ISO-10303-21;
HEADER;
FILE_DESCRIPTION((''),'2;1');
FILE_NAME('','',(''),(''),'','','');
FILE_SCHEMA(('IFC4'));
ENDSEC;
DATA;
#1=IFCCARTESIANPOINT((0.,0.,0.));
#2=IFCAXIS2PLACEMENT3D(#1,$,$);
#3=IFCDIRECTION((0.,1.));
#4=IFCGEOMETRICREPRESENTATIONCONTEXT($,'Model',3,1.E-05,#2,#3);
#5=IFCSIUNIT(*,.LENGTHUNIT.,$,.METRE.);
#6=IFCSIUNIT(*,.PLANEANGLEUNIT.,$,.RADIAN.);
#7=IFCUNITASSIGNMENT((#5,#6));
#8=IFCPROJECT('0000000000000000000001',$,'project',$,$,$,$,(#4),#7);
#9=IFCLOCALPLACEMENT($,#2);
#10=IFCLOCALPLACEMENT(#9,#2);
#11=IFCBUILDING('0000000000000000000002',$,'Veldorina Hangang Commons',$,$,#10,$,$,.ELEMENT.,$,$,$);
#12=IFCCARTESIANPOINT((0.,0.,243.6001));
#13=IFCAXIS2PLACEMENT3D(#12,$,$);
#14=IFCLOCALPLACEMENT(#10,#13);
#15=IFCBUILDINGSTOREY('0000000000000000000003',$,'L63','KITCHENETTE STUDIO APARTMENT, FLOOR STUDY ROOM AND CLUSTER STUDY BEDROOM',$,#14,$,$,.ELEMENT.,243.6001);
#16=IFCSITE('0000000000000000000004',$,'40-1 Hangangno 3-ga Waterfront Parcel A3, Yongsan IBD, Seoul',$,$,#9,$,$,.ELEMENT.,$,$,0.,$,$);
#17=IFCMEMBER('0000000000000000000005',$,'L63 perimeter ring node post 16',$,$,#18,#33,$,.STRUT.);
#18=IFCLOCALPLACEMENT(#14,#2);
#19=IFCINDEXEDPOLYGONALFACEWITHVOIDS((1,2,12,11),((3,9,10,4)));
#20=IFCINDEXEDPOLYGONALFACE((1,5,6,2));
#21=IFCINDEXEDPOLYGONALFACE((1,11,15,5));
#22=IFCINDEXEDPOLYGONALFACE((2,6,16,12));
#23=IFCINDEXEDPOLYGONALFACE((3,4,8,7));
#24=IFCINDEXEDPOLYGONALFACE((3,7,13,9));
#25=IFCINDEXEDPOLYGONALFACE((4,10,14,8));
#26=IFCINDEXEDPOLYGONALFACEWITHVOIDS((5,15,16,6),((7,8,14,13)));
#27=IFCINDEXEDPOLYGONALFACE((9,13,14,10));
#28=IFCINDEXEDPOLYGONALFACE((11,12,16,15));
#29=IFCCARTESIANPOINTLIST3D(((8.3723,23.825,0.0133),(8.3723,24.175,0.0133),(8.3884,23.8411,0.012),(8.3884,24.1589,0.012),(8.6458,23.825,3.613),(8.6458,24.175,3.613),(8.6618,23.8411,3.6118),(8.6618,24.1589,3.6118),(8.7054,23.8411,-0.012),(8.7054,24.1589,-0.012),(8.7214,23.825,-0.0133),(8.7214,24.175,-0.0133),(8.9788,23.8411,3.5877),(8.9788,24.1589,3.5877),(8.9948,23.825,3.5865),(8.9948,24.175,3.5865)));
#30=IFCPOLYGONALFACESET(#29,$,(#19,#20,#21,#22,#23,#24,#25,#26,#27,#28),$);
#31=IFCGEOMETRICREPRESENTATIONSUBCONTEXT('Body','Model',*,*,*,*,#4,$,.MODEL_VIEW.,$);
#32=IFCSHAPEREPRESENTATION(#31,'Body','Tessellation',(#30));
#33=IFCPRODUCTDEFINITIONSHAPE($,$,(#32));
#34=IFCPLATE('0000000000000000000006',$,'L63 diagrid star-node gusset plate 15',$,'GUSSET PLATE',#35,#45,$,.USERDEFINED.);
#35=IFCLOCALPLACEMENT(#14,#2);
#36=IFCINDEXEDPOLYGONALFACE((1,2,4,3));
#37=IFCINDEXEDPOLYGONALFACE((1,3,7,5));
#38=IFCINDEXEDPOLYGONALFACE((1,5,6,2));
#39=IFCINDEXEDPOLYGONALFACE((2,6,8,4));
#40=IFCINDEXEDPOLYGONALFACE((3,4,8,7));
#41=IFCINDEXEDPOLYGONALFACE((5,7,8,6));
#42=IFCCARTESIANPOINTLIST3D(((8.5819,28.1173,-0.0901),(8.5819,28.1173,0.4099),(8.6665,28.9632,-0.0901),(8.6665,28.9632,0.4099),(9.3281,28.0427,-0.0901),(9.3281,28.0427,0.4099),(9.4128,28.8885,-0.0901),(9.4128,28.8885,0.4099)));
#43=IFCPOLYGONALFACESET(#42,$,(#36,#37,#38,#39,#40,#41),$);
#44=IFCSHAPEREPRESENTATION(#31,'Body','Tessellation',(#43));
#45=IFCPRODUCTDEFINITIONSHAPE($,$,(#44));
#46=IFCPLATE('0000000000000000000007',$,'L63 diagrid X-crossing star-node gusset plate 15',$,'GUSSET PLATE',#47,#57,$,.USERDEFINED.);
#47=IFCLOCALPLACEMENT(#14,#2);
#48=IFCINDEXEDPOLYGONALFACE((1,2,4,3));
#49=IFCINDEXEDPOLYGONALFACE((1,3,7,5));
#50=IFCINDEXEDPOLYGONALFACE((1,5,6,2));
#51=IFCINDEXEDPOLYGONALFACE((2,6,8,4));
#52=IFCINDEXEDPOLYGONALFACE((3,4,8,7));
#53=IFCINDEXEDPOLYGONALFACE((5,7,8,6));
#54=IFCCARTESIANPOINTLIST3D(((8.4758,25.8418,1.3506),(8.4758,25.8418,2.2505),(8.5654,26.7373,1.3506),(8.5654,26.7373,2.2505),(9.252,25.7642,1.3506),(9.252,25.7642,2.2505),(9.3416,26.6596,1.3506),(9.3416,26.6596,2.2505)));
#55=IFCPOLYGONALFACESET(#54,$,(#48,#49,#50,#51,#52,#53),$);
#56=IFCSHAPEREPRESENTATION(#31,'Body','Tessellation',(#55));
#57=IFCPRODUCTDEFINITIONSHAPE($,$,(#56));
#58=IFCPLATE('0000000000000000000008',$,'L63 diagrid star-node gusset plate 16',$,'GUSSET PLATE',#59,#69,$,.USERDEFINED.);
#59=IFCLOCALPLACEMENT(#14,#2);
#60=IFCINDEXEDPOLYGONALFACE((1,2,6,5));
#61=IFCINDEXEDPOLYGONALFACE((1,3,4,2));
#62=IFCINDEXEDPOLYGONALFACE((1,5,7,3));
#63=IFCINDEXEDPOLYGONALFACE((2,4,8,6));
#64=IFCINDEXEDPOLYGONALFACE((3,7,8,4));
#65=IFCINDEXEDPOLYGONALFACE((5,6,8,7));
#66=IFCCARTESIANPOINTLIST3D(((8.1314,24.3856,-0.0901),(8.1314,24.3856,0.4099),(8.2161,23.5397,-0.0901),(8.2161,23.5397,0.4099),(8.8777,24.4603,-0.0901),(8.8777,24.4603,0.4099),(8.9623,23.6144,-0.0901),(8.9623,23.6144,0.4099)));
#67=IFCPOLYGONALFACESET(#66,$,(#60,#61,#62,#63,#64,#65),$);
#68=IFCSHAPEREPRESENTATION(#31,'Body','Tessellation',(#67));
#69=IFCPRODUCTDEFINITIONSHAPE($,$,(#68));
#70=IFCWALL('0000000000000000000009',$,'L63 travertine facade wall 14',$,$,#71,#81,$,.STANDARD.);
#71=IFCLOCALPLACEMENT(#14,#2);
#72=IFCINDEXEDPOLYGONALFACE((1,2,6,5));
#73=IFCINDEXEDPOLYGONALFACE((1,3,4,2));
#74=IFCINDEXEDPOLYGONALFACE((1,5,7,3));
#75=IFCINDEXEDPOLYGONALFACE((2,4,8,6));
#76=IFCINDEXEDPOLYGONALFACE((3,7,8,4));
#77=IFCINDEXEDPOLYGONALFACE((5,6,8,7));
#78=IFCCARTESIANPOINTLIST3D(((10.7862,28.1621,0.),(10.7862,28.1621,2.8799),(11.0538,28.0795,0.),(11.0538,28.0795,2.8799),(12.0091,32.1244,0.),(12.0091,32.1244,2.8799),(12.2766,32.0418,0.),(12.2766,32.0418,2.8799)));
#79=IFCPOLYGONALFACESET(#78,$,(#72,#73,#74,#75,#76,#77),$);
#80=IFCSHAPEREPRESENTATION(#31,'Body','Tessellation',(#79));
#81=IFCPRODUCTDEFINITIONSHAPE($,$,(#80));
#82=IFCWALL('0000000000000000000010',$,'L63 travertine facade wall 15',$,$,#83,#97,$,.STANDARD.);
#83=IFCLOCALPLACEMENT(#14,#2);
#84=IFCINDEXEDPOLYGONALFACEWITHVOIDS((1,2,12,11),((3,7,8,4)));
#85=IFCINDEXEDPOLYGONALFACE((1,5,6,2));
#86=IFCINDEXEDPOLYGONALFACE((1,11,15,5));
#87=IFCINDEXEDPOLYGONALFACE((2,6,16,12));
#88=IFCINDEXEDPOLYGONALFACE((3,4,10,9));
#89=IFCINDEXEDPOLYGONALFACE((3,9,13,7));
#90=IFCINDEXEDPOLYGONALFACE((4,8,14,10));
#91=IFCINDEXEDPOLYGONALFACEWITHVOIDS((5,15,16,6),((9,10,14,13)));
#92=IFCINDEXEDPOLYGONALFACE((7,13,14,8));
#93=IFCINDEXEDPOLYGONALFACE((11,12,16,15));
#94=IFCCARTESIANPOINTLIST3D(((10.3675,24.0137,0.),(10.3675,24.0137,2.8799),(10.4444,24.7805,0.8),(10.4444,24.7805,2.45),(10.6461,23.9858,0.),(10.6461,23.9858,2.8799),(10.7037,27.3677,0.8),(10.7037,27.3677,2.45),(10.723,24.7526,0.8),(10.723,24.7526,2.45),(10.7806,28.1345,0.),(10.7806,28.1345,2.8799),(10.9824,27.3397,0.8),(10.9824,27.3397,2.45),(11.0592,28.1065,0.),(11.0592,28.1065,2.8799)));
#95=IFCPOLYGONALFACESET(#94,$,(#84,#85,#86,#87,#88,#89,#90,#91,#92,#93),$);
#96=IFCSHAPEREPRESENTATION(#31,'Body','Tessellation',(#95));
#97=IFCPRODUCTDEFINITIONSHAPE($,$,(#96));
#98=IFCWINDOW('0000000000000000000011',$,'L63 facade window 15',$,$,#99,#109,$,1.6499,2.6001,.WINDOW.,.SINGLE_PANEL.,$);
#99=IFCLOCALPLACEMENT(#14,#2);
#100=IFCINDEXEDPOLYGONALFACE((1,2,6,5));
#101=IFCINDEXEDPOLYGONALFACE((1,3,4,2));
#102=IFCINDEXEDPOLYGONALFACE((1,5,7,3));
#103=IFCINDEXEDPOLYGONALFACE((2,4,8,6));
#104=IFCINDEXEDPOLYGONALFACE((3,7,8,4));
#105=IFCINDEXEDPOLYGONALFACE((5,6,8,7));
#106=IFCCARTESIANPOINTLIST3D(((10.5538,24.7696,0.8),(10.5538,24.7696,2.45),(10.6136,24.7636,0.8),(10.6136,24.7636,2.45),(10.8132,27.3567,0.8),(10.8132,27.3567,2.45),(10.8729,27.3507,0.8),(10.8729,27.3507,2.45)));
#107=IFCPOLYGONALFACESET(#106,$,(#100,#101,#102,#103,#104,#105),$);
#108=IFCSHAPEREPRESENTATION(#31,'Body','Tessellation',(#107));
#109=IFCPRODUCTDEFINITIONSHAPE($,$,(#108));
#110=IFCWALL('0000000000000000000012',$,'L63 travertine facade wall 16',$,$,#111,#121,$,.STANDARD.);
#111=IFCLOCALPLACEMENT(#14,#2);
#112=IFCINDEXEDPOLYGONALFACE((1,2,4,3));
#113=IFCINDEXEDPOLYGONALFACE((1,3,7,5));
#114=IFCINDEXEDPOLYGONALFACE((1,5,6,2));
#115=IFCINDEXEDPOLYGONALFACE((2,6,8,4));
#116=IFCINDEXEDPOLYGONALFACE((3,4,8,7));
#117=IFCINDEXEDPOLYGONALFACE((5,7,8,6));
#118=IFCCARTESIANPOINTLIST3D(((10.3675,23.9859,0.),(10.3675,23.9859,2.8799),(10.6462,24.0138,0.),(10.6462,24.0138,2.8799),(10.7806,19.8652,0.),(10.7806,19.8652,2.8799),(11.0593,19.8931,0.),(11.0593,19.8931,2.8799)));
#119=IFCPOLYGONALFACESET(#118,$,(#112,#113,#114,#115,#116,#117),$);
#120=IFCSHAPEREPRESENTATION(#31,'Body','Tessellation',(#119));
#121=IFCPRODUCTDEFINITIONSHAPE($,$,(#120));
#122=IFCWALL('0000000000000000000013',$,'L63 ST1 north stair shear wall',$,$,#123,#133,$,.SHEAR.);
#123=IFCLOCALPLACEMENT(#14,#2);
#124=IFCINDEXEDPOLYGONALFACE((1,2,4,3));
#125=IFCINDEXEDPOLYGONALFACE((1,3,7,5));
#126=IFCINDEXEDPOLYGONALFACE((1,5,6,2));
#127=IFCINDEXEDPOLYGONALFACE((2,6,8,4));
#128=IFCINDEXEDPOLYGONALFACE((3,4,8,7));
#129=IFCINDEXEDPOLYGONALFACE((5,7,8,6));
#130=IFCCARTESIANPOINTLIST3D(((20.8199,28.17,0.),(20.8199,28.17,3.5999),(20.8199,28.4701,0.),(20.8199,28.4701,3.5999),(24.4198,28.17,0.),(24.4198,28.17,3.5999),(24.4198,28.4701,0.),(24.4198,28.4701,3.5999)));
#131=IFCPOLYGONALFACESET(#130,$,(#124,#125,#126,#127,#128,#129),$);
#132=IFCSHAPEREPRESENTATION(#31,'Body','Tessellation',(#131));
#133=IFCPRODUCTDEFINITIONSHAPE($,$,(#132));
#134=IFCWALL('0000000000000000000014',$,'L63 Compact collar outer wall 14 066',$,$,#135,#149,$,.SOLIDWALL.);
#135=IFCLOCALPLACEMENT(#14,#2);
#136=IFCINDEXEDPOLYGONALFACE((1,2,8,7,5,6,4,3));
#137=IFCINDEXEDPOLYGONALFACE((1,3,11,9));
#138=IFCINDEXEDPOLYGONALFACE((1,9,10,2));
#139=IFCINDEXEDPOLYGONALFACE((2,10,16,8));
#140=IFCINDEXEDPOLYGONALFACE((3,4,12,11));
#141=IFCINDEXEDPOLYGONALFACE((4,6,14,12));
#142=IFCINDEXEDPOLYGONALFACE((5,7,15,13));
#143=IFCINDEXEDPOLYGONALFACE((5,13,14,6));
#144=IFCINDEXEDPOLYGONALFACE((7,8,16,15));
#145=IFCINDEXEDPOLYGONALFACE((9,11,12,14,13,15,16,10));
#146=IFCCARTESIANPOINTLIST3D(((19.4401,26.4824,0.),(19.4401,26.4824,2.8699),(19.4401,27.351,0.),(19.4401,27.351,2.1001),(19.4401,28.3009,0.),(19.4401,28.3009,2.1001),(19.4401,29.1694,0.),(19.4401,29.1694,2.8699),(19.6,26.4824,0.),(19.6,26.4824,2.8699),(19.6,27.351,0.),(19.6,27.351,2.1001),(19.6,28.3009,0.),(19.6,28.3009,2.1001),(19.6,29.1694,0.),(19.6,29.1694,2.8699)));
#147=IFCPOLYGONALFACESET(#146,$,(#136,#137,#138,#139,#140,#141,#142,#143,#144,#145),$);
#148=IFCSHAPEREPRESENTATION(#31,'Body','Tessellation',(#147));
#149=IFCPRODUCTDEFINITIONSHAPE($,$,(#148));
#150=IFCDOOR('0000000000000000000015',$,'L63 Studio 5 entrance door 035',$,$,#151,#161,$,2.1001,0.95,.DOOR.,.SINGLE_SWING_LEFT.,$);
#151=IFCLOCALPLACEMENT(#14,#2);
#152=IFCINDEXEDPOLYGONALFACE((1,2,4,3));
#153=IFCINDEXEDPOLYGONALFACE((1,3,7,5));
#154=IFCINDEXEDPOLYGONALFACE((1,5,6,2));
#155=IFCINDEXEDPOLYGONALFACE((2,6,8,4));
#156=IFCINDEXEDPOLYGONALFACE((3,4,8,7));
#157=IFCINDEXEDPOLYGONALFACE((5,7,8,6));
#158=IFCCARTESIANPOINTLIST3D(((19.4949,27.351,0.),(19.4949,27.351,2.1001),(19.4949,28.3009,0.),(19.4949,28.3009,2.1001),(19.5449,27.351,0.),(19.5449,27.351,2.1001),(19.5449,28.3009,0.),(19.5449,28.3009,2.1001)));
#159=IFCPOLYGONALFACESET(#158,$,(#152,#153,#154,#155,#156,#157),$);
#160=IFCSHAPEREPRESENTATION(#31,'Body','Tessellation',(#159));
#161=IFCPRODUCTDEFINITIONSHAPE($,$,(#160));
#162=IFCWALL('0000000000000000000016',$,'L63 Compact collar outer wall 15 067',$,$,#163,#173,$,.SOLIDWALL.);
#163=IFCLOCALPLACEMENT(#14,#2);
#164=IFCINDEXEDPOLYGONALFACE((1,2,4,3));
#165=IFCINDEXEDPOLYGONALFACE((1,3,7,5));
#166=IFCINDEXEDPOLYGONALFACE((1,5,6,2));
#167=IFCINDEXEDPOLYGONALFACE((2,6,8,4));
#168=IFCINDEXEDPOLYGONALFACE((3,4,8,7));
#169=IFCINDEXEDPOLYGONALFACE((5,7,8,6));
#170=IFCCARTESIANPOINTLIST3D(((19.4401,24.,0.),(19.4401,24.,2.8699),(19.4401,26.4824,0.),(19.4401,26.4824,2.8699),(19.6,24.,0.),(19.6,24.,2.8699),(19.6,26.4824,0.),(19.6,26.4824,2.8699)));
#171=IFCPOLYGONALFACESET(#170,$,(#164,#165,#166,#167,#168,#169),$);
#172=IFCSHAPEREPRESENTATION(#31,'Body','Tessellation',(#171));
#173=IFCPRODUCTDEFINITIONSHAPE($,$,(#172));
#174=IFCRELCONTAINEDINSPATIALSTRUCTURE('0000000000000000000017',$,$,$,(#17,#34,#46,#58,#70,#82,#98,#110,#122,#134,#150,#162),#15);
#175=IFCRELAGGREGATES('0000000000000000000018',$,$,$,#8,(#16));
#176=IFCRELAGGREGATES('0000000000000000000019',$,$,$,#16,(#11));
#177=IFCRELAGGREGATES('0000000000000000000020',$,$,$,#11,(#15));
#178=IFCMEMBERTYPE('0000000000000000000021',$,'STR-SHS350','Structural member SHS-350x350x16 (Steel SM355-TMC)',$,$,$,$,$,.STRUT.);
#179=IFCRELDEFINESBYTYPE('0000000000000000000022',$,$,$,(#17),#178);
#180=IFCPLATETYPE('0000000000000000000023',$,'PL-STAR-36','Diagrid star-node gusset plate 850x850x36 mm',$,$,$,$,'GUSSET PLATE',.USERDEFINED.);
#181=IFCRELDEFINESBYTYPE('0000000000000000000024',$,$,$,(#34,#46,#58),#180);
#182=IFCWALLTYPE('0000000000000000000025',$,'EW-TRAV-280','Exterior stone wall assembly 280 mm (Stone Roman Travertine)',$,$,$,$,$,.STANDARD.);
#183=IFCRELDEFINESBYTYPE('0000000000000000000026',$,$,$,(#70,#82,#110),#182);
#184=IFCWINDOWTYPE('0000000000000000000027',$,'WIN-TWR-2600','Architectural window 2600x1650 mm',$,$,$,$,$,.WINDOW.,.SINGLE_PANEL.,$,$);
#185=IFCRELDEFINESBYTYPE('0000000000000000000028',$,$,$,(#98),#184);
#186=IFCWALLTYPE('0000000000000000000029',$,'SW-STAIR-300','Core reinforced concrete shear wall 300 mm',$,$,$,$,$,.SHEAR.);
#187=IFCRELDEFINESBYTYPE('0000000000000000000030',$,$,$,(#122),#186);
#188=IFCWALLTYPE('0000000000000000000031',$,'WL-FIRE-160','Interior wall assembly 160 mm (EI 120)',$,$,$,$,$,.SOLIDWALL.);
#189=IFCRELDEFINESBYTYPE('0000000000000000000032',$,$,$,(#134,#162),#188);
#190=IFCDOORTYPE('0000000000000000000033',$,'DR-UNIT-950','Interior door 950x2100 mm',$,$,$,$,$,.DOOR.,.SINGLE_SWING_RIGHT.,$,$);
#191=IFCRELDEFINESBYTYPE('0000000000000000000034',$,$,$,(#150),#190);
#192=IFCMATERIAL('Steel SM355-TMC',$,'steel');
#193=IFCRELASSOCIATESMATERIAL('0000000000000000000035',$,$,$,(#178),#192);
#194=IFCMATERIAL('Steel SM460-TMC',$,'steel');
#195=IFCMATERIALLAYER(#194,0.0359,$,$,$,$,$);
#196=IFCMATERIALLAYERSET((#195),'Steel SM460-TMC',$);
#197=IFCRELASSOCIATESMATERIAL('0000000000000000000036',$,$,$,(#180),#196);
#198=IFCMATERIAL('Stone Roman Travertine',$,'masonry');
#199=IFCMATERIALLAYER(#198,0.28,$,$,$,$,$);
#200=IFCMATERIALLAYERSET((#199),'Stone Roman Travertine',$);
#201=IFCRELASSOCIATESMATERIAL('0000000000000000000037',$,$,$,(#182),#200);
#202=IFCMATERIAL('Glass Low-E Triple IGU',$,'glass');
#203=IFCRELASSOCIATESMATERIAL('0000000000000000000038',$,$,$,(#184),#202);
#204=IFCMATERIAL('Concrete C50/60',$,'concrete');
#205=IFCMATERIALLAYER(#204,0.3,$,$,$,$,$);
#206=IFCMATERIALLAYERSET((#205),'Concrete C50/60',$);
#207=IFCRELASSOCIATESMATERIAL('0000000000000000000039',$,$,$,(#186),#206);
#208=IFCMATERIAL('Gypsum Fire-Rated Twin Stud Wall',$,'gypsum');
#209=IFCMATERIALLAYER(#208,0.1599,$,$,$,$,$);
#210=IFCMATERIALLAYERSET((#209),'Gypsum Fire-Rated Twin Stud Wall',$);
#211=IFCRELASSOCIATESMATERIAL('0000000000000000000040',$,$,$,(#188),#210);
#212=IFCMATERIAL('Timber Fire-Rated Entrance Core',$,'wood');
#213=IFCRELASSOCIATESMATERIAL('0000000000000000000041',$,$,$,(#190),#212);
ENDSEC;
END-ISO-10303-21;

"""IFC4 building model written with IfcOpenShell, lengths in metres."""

from ifc_helpers import new_model, si_unit, direction, frame, frame_2d, origin, origin_2d, place, context, subcontext, project, spatial, rectangle, hollow_rectangle, extrude, material, layer, layer_set, material_profile, profile_set, type_object, element, fill, save


model = new_model("IFC4")

# Units and contexts
model_context = context("Model", 3, precision=1e-05, world=origin(), true_north=direction((0.0, 1.0)))
body_context = subcontext(model_context, "Body", "Model", "MODEL_VIEW")
ifc_project = project(units=[si_unit("LENGTHUNIT", "METRE"), si_unit("PLANEANGLEUNIT", "RADIAN")], contexts=[model_context])

# Site, building, storey
site_placement = place(None, origin())
site = spatial("IfcSite", under=ifc_project, at=site_placement, Name="40-1 Hangangno 3-ga Waterfront Parcel A3, Yongsan IBD, Seoul", CompositionType="ELEMENT", RefElevation=0.0)
building_placement = place(site_placement, origin())
building = spatial("IfcBuilding", under=site, at=building_placement, Name="Veldorina Hangang Commons", CompositionType="ELEMENT")
storey_placement = place(building_placement, frame((0.0, 0.0, 243.6001)))
storey = spatial("IfcBuildingStorey", under=building, at=storey_placement, Name="L63", Description="KITCHENETTE STUDIO APARTMENT, FLOOR STUDY ROOM AND CLUSTER STUDY BEDROOM", CompositionType="ELEMENT", Elevation=243.6001)

# Shared definitions
ifc_material_1 = material(Name="Steel SM355-TMC", Category="steel")

# Member
ifc_material_profile_1 = material_profile(ifc_material_1, hollow_rectangle(XDim=0.3501, YDim=0.3501, WallThickness=0.0161, at=origin_2d()), Name="SHS-350x350x16")
ifc_profile_set_1 = profile_set([ifc_material_profile_1], Name="Steel SM355-TMC")
member_type_1 = type_object("IfcMemberType", Name="STR-SHS350", Description="Structural member SHS-350x350x16 (Steel SM355-TMC)", PredefinedType="STRUT", material=ifc_profile_set_1)
member_1_placement = place(storey_placement, frame((8.5469, 24.0, 0.0), z_axis=(0.07574, 0.0, 0.997128), x_axis=(0.0, 1.0, 0.0)))
element("IfcMember", 1, at=member_1_placement, inside=storey, type_object=member_type_1, Name="L63 perimeter ring node post 16", PredefinedType="STRUT", context=body_context, shape_type="SweptSolid", body=[
    extrude(hollow_rectangle(XDim=0.3501, YDim=0.3501, WallThickness=0.0161, at=origin_2d()), origin(), (0.0, 0.0, 1.0), 3.6101),
])

# Plates
ifc_material_2 = material(Name="Steel SM460-TMC", Category="steel")
ifc_layer_1 = layer(ifc_material_2, 0.0359)
ifc_layer_set_1 = layer_set([ifc_layer_1], Name="Steel SM460-TMC")
plate_type = type_object("IfcPlateType", Name="PL-STAR-36", Description="Diagrid star-node gusset plate 850x850x36 mm", ElementType="GUSSET PLATE", PredefinedType="USERDEFINED", material=ifc_layer_set_1)
plate_1_placement = place(storey_placement, frame((8.9973, 28.5029, -0.0901), z_axis=(0.0, 0.0, 1.0), x_axis=(-0.099563, -0.995031, 0.0)))
element("IfcPlate", 2, at=plate_1_placement, inside=storey, type_object=plate_type, Name="L63 diagrid star-node gusset plate 15", ObjectType="GUSSET PLATE", PredefinedType="USERDEFINED", context=body_context, shape_type="SweptSolid", body=[
    extrude(rectangle(XDim=0.8501, YDim=0.75, at=origin_2d()), origin(), (0.0, 0.0, 1.0), 0.5),
])
plate_2_placement = place(storey_placement, frame((8.9087, 26.2507, 1.3506), z_axis=(0.0, 0.0, 1.0), x_axis=(-0.099563, -0.995031, 0.0)))
element("IfcPlate", 3, at=plate_2_placement, inside=storey, type_object=plate_type, Name="L63 diagrid X-crossing star-node gusset plate 15", ObjectType="GUSSET PLATE", PredefinedType="USERDEFINED", context=body_context, shape_type="SweptSolid", body=[
    extrude(rectangle(XDim=0.8999, YDim=0.78, at=origin_2d()), origin(), (0.0, 0.0, 1.0), 0.8999),
])
plate_3_placement = place(storey_placement, frame((8.5469, 24.0, -0.0901), z_axis=(0.0, 0.0, 1.0), x_axis=(0.099563, -0.995031, 0.0)))
element("IfcPlate", 4, at=plate_3_placement, inside=storey, type_object=plate_type, Name="L63 diagrid star-node gusset plate 16", ObjectType="GUSSET PLATE", PredefinedType="USERDEFINED", context=body_context, shape_type="SweptSolid", body=[
    extrude(rectangle(XDim=0.8501, YDim=0.75, at=origin_2d()), origin(), (0.0, 0.0, 1.0), 0.5),
])

# Wall
ifc_material_3 = material(Name="Stone Roman Travertine", Category="masonry")
ifc_layer_2 = layer(ifc_material_3, 0.28)
ifc_layer_set_2 = layer_set([ifc_layer_2], Name="Stone Roman Travertine")
wall_type_1 = type_object("IfcWallType", Name="EW-TRAV-280", Description="Exterior stone wall assembly 280 mm (Stone Roman Travertine)", PredefinedType="STANDARD", material=ifc_layer_set_2)
wall_1_placement = place(storey_placement, frame((12.1428, 32.083, 0.0), z_axis=(0.0, 0.0, 1.0), x_axis=(-0.294901, -0.955528, 0.0)))
element("IfcWall", 5, at=wall_1_placement, inside=storey, type_object=wall_type_1, Name="L63 travertine facade wall 14", PredefinedType="STANDARD", context=body_context, shape_type="SweptSolid", body=[
    extrude(rectangle(XDim=4.1467, YDim=0.28, at=frame_2d((2.0732, 0.0))), origin(), (0.0, 0.0, 1.0), 2.8799),
])

# Wall, opening, window
wall_2_placement = place(storey_placement, frame((10.9199, 28.1206, 0.0), z_axis=(0.0, 0.0, 1.0), x_axis=(-0.099749, -0.995013, 0.0)))
wall_2 = element("IfcWall", 6, at=wall_2_placement, inside=storey, type_object=wall_type_1, Name="L63 travertine facade wall 15", PredefinedType="STANDARD", context=body_context, shape_type="SweptSolid", body=[
    extrude(rectangle(XDim=4.1414, YDim=0.28, at=frame_2d((2.0708, 0.0))), origin(), (0.0, 0.0, 1.0), 2.8799),
])
opening_1_placement = place(wall_2_placement, frame((0.7708, 0.0, 0.8)))
opening_1 = element("IfcOpeningElement", 7, at=opening_1_placement, cuts=wall_2, PredefinedType="OPENING", context=body_context, shape_type="SweptSolid", body=[
    extrude(rectangle(XDim=2.6001, YDim=1.6499, at=frame_2d((1.3, 0.825))), frame((0.0, 0.1499, 0.0), z_axis=(0.0, -1.0, 0.0), x_axis=(1.0, 0.0, 0.0)), (0.0, 0.0, 1.0), 0.3),
])
ifc_material_4 = material(Name="Glass Low-E Triple IGU", Category="glass")
window_type = type_object("IfcWindowType", Name="WIN-TWR-2600", Description="Architectural window 2600x1650 mm", PartitioningType="SINGLE_PANEL", PredefinedType="WINDOW", material=ifc_material_4)
window_placement = place(opening_1_placement, origin())
window = element("IfcWindow", 8, at=window_placement, inside=storey, type_object=window_type, Name="L63 facade window 15", OverallHeight=1.6499, OverallWidth=2.6001, PartitioningType="SINGLE_PANEL", PredefinedType="WINDOW", context=body_context, shape_type="SweptSolid", body=[
    extrude(rectangle(XDim=2.6001, YDim=1.6499, at=frame_2d((1.3, 0.825))), frame((0.0, 0.03, 0.0), z_axis=(0.0, -1.0, 0.0), x_axis=(1.0, 0.0, 0.0)), (0.0, 0.0, 1.0), 0.0601),
])
fill(opening_1, window)

# Walls
wall_3_placement = place(storey_placement, frame((10.5068, 24.0, 0.0), z_axis=(0.0, 0.0, 1.0), x_axis=(0.099749, -0.995013, 0.0)))
element("IfcWall", 9, at=wall_3_placement, inside=storey, type_object=wall_type_1, Name="L63 travertine facade wall 16", PredefinedType="STANDARD", context=body_context, shape_type="SweptSolid", body=[
    extrude(rectangle(XDim=4.1414, YDim=0.28, at=frame_2d((2.0708, 0.0))), origin(), (0.0, 0.0, 1.0), 2.8799),
])
ifc_material_5 = material(Name="Concrete C50/60", Category="concrete")
ifc_layer_3 = layer(ifc_material_5, 0.3)
ifc_layer_set_3 = layer_set([ifc_layer_3], Name="Concrete C50/60")
wall_type_2 = type_object("IfcWallType", Name="SW-STAIR-300", Description="Core reinforced concrete shear wall 300 mm", PredefinedType="SHEAR", material=ifc_layer_set_3)
wall_4_placement = place(storey_placement, frame((20.8201, 28.3201, 0.0), z_axis=(0.0, 0.0, 1.0), x_axis=(1.0, 0.0, 0.0)))
element("IfcWall", 10, at=wall_4_placement, inside=storey, type_object=wall_type_2, Name="L63 ST1 north stair shear wall", PredefinedType="SHEAR", context=body_context, shape_type="SweptSolid", body=[
    extrude(rectangle(XDim=3.5999, YDim=0.3, at=frame_2d((1.7998, 0.0))), origin(), (0.0, 0.0, 1.0), 3.5999),
])

# Wall, opening, door
ifc_material_6 = material(Name="Gypsum Fire-Rated Twin Stud Wall", Category="gypsum")
ifc_layer_4 = layer(ifc_material_6, 0.1599)
ifc_layer_set_4 = layer_set([ifc_layer_4], Name="Gypsum Fire-Rated Twin Stud Wall")
wall_type_3 = type_object("IfcWallType", Name="WL-FIRE-160", Description="Interior wall assembly 160 mm (EI 120)", PredefinedType="SOLIDWALL", material=ifc_layer_set_4)
wall_5_placement = place(storey_placement, frame((19.52, 29.1694, 0.0), z_axis=(0.0, 0.0, 1.0), x_axis=(0.0, -1.0, 0.0)))
wall_5 = element("IfcWall", 11, at=wall_5_placement, inside=storey, type_object=wall_type_3, Name="L63 Compact collar outer wall 14 066", PredefinedType="SOLIDWALL", context=body_context, shape_type="SweptSolid", body=[
    extrude(rectangle(XDim=2.687, YDim=0.1599, at=frame_2d((1.3435, 0.0))), origin(), (0.0, 0.0, 1.0), 2.8699),
])
opening_2_placement = place(wall_5_placement, frame((0.8684, 0.0, 0.0)))
opening_2 = element("IfcOpeningElement", 12, at=opening_2_placement, cuts=wall_5, PredefinedType="OPENING", context=body_context, shape_type="SweptSolid", body=[
    extrude(rectangle(XDim=0.95, YDim=2.1001, at=frame_2d((0.4751, 1.05))), frame((0.0, 0.0898, 0.0), z_axis=(0.0, -1.0, 0.0), x_axis=(1.0, 0.0, 0.0)), (0.0, 0.0, 1.0), 0.1799),
])
ifc_material_7 = material(Name="Timber Fire-Rated Entrance Core", Category="wood")
door_type_1 = type_object("IfcDoorType", Name="DR-UNIT-950", Description="Interior door 950x2100 mm", OperationType="SINGLE_SWING_RIGHT", PredefinedType="DOOR", material=ifc_material_7)
door_1_placement = place(opening_2_placement, origin())
door_1 = element("IfcDoor", 13, at=door_1_placement, inside=storey, type_object=door_type_1, Name="L63 Studio 5 entrance door 035", OperationType="SINGLE_SWING_LEFT", OverallHeight=2.1001, OverallWidth=0.95, PredefinedType="DOOR", context=body_context, shape_type="SweptSolid", body=[
    extrude(rectangle(XDim=0.95, YDim=2.1001, at=frame_2d((0.4751, 1.05))), frame((0.0, 0.0249, 0.0), z_axis=(0.0, -1.0, 0.0), x_axis=(1.0, 0.0, 0.0)), (0.0, 0.0, 1.0), 0.05),
])
fill(opening_2, door_1)

# Wall
for number, where, z_axis, x_axis, name in (
    (14, (19.52, 26.4824, 0.0), (0.0, 0.0, 1.0), (0.0, -1.0, 0.0), "L63 Compact collar outer wall 15 067"),
):
    element("IfcWall", number, at=place(storey_placement, frame(where, z_axis=z_axis, x_axis=x_axis)), inside=storey, type_object=wall_type_3, Name=name, PredefinedType="SOLIDWALL", context=body_context, shape_type="SweptSolid", body=[
        extrude(rectangle(XDim=2.4824, YDim=0.1599, at=frame_2d((1.2412, 0.0))), origin(), (0.0, 0.0, 1.0), 2.8699),
    ])

save(model, "model.ifc")
